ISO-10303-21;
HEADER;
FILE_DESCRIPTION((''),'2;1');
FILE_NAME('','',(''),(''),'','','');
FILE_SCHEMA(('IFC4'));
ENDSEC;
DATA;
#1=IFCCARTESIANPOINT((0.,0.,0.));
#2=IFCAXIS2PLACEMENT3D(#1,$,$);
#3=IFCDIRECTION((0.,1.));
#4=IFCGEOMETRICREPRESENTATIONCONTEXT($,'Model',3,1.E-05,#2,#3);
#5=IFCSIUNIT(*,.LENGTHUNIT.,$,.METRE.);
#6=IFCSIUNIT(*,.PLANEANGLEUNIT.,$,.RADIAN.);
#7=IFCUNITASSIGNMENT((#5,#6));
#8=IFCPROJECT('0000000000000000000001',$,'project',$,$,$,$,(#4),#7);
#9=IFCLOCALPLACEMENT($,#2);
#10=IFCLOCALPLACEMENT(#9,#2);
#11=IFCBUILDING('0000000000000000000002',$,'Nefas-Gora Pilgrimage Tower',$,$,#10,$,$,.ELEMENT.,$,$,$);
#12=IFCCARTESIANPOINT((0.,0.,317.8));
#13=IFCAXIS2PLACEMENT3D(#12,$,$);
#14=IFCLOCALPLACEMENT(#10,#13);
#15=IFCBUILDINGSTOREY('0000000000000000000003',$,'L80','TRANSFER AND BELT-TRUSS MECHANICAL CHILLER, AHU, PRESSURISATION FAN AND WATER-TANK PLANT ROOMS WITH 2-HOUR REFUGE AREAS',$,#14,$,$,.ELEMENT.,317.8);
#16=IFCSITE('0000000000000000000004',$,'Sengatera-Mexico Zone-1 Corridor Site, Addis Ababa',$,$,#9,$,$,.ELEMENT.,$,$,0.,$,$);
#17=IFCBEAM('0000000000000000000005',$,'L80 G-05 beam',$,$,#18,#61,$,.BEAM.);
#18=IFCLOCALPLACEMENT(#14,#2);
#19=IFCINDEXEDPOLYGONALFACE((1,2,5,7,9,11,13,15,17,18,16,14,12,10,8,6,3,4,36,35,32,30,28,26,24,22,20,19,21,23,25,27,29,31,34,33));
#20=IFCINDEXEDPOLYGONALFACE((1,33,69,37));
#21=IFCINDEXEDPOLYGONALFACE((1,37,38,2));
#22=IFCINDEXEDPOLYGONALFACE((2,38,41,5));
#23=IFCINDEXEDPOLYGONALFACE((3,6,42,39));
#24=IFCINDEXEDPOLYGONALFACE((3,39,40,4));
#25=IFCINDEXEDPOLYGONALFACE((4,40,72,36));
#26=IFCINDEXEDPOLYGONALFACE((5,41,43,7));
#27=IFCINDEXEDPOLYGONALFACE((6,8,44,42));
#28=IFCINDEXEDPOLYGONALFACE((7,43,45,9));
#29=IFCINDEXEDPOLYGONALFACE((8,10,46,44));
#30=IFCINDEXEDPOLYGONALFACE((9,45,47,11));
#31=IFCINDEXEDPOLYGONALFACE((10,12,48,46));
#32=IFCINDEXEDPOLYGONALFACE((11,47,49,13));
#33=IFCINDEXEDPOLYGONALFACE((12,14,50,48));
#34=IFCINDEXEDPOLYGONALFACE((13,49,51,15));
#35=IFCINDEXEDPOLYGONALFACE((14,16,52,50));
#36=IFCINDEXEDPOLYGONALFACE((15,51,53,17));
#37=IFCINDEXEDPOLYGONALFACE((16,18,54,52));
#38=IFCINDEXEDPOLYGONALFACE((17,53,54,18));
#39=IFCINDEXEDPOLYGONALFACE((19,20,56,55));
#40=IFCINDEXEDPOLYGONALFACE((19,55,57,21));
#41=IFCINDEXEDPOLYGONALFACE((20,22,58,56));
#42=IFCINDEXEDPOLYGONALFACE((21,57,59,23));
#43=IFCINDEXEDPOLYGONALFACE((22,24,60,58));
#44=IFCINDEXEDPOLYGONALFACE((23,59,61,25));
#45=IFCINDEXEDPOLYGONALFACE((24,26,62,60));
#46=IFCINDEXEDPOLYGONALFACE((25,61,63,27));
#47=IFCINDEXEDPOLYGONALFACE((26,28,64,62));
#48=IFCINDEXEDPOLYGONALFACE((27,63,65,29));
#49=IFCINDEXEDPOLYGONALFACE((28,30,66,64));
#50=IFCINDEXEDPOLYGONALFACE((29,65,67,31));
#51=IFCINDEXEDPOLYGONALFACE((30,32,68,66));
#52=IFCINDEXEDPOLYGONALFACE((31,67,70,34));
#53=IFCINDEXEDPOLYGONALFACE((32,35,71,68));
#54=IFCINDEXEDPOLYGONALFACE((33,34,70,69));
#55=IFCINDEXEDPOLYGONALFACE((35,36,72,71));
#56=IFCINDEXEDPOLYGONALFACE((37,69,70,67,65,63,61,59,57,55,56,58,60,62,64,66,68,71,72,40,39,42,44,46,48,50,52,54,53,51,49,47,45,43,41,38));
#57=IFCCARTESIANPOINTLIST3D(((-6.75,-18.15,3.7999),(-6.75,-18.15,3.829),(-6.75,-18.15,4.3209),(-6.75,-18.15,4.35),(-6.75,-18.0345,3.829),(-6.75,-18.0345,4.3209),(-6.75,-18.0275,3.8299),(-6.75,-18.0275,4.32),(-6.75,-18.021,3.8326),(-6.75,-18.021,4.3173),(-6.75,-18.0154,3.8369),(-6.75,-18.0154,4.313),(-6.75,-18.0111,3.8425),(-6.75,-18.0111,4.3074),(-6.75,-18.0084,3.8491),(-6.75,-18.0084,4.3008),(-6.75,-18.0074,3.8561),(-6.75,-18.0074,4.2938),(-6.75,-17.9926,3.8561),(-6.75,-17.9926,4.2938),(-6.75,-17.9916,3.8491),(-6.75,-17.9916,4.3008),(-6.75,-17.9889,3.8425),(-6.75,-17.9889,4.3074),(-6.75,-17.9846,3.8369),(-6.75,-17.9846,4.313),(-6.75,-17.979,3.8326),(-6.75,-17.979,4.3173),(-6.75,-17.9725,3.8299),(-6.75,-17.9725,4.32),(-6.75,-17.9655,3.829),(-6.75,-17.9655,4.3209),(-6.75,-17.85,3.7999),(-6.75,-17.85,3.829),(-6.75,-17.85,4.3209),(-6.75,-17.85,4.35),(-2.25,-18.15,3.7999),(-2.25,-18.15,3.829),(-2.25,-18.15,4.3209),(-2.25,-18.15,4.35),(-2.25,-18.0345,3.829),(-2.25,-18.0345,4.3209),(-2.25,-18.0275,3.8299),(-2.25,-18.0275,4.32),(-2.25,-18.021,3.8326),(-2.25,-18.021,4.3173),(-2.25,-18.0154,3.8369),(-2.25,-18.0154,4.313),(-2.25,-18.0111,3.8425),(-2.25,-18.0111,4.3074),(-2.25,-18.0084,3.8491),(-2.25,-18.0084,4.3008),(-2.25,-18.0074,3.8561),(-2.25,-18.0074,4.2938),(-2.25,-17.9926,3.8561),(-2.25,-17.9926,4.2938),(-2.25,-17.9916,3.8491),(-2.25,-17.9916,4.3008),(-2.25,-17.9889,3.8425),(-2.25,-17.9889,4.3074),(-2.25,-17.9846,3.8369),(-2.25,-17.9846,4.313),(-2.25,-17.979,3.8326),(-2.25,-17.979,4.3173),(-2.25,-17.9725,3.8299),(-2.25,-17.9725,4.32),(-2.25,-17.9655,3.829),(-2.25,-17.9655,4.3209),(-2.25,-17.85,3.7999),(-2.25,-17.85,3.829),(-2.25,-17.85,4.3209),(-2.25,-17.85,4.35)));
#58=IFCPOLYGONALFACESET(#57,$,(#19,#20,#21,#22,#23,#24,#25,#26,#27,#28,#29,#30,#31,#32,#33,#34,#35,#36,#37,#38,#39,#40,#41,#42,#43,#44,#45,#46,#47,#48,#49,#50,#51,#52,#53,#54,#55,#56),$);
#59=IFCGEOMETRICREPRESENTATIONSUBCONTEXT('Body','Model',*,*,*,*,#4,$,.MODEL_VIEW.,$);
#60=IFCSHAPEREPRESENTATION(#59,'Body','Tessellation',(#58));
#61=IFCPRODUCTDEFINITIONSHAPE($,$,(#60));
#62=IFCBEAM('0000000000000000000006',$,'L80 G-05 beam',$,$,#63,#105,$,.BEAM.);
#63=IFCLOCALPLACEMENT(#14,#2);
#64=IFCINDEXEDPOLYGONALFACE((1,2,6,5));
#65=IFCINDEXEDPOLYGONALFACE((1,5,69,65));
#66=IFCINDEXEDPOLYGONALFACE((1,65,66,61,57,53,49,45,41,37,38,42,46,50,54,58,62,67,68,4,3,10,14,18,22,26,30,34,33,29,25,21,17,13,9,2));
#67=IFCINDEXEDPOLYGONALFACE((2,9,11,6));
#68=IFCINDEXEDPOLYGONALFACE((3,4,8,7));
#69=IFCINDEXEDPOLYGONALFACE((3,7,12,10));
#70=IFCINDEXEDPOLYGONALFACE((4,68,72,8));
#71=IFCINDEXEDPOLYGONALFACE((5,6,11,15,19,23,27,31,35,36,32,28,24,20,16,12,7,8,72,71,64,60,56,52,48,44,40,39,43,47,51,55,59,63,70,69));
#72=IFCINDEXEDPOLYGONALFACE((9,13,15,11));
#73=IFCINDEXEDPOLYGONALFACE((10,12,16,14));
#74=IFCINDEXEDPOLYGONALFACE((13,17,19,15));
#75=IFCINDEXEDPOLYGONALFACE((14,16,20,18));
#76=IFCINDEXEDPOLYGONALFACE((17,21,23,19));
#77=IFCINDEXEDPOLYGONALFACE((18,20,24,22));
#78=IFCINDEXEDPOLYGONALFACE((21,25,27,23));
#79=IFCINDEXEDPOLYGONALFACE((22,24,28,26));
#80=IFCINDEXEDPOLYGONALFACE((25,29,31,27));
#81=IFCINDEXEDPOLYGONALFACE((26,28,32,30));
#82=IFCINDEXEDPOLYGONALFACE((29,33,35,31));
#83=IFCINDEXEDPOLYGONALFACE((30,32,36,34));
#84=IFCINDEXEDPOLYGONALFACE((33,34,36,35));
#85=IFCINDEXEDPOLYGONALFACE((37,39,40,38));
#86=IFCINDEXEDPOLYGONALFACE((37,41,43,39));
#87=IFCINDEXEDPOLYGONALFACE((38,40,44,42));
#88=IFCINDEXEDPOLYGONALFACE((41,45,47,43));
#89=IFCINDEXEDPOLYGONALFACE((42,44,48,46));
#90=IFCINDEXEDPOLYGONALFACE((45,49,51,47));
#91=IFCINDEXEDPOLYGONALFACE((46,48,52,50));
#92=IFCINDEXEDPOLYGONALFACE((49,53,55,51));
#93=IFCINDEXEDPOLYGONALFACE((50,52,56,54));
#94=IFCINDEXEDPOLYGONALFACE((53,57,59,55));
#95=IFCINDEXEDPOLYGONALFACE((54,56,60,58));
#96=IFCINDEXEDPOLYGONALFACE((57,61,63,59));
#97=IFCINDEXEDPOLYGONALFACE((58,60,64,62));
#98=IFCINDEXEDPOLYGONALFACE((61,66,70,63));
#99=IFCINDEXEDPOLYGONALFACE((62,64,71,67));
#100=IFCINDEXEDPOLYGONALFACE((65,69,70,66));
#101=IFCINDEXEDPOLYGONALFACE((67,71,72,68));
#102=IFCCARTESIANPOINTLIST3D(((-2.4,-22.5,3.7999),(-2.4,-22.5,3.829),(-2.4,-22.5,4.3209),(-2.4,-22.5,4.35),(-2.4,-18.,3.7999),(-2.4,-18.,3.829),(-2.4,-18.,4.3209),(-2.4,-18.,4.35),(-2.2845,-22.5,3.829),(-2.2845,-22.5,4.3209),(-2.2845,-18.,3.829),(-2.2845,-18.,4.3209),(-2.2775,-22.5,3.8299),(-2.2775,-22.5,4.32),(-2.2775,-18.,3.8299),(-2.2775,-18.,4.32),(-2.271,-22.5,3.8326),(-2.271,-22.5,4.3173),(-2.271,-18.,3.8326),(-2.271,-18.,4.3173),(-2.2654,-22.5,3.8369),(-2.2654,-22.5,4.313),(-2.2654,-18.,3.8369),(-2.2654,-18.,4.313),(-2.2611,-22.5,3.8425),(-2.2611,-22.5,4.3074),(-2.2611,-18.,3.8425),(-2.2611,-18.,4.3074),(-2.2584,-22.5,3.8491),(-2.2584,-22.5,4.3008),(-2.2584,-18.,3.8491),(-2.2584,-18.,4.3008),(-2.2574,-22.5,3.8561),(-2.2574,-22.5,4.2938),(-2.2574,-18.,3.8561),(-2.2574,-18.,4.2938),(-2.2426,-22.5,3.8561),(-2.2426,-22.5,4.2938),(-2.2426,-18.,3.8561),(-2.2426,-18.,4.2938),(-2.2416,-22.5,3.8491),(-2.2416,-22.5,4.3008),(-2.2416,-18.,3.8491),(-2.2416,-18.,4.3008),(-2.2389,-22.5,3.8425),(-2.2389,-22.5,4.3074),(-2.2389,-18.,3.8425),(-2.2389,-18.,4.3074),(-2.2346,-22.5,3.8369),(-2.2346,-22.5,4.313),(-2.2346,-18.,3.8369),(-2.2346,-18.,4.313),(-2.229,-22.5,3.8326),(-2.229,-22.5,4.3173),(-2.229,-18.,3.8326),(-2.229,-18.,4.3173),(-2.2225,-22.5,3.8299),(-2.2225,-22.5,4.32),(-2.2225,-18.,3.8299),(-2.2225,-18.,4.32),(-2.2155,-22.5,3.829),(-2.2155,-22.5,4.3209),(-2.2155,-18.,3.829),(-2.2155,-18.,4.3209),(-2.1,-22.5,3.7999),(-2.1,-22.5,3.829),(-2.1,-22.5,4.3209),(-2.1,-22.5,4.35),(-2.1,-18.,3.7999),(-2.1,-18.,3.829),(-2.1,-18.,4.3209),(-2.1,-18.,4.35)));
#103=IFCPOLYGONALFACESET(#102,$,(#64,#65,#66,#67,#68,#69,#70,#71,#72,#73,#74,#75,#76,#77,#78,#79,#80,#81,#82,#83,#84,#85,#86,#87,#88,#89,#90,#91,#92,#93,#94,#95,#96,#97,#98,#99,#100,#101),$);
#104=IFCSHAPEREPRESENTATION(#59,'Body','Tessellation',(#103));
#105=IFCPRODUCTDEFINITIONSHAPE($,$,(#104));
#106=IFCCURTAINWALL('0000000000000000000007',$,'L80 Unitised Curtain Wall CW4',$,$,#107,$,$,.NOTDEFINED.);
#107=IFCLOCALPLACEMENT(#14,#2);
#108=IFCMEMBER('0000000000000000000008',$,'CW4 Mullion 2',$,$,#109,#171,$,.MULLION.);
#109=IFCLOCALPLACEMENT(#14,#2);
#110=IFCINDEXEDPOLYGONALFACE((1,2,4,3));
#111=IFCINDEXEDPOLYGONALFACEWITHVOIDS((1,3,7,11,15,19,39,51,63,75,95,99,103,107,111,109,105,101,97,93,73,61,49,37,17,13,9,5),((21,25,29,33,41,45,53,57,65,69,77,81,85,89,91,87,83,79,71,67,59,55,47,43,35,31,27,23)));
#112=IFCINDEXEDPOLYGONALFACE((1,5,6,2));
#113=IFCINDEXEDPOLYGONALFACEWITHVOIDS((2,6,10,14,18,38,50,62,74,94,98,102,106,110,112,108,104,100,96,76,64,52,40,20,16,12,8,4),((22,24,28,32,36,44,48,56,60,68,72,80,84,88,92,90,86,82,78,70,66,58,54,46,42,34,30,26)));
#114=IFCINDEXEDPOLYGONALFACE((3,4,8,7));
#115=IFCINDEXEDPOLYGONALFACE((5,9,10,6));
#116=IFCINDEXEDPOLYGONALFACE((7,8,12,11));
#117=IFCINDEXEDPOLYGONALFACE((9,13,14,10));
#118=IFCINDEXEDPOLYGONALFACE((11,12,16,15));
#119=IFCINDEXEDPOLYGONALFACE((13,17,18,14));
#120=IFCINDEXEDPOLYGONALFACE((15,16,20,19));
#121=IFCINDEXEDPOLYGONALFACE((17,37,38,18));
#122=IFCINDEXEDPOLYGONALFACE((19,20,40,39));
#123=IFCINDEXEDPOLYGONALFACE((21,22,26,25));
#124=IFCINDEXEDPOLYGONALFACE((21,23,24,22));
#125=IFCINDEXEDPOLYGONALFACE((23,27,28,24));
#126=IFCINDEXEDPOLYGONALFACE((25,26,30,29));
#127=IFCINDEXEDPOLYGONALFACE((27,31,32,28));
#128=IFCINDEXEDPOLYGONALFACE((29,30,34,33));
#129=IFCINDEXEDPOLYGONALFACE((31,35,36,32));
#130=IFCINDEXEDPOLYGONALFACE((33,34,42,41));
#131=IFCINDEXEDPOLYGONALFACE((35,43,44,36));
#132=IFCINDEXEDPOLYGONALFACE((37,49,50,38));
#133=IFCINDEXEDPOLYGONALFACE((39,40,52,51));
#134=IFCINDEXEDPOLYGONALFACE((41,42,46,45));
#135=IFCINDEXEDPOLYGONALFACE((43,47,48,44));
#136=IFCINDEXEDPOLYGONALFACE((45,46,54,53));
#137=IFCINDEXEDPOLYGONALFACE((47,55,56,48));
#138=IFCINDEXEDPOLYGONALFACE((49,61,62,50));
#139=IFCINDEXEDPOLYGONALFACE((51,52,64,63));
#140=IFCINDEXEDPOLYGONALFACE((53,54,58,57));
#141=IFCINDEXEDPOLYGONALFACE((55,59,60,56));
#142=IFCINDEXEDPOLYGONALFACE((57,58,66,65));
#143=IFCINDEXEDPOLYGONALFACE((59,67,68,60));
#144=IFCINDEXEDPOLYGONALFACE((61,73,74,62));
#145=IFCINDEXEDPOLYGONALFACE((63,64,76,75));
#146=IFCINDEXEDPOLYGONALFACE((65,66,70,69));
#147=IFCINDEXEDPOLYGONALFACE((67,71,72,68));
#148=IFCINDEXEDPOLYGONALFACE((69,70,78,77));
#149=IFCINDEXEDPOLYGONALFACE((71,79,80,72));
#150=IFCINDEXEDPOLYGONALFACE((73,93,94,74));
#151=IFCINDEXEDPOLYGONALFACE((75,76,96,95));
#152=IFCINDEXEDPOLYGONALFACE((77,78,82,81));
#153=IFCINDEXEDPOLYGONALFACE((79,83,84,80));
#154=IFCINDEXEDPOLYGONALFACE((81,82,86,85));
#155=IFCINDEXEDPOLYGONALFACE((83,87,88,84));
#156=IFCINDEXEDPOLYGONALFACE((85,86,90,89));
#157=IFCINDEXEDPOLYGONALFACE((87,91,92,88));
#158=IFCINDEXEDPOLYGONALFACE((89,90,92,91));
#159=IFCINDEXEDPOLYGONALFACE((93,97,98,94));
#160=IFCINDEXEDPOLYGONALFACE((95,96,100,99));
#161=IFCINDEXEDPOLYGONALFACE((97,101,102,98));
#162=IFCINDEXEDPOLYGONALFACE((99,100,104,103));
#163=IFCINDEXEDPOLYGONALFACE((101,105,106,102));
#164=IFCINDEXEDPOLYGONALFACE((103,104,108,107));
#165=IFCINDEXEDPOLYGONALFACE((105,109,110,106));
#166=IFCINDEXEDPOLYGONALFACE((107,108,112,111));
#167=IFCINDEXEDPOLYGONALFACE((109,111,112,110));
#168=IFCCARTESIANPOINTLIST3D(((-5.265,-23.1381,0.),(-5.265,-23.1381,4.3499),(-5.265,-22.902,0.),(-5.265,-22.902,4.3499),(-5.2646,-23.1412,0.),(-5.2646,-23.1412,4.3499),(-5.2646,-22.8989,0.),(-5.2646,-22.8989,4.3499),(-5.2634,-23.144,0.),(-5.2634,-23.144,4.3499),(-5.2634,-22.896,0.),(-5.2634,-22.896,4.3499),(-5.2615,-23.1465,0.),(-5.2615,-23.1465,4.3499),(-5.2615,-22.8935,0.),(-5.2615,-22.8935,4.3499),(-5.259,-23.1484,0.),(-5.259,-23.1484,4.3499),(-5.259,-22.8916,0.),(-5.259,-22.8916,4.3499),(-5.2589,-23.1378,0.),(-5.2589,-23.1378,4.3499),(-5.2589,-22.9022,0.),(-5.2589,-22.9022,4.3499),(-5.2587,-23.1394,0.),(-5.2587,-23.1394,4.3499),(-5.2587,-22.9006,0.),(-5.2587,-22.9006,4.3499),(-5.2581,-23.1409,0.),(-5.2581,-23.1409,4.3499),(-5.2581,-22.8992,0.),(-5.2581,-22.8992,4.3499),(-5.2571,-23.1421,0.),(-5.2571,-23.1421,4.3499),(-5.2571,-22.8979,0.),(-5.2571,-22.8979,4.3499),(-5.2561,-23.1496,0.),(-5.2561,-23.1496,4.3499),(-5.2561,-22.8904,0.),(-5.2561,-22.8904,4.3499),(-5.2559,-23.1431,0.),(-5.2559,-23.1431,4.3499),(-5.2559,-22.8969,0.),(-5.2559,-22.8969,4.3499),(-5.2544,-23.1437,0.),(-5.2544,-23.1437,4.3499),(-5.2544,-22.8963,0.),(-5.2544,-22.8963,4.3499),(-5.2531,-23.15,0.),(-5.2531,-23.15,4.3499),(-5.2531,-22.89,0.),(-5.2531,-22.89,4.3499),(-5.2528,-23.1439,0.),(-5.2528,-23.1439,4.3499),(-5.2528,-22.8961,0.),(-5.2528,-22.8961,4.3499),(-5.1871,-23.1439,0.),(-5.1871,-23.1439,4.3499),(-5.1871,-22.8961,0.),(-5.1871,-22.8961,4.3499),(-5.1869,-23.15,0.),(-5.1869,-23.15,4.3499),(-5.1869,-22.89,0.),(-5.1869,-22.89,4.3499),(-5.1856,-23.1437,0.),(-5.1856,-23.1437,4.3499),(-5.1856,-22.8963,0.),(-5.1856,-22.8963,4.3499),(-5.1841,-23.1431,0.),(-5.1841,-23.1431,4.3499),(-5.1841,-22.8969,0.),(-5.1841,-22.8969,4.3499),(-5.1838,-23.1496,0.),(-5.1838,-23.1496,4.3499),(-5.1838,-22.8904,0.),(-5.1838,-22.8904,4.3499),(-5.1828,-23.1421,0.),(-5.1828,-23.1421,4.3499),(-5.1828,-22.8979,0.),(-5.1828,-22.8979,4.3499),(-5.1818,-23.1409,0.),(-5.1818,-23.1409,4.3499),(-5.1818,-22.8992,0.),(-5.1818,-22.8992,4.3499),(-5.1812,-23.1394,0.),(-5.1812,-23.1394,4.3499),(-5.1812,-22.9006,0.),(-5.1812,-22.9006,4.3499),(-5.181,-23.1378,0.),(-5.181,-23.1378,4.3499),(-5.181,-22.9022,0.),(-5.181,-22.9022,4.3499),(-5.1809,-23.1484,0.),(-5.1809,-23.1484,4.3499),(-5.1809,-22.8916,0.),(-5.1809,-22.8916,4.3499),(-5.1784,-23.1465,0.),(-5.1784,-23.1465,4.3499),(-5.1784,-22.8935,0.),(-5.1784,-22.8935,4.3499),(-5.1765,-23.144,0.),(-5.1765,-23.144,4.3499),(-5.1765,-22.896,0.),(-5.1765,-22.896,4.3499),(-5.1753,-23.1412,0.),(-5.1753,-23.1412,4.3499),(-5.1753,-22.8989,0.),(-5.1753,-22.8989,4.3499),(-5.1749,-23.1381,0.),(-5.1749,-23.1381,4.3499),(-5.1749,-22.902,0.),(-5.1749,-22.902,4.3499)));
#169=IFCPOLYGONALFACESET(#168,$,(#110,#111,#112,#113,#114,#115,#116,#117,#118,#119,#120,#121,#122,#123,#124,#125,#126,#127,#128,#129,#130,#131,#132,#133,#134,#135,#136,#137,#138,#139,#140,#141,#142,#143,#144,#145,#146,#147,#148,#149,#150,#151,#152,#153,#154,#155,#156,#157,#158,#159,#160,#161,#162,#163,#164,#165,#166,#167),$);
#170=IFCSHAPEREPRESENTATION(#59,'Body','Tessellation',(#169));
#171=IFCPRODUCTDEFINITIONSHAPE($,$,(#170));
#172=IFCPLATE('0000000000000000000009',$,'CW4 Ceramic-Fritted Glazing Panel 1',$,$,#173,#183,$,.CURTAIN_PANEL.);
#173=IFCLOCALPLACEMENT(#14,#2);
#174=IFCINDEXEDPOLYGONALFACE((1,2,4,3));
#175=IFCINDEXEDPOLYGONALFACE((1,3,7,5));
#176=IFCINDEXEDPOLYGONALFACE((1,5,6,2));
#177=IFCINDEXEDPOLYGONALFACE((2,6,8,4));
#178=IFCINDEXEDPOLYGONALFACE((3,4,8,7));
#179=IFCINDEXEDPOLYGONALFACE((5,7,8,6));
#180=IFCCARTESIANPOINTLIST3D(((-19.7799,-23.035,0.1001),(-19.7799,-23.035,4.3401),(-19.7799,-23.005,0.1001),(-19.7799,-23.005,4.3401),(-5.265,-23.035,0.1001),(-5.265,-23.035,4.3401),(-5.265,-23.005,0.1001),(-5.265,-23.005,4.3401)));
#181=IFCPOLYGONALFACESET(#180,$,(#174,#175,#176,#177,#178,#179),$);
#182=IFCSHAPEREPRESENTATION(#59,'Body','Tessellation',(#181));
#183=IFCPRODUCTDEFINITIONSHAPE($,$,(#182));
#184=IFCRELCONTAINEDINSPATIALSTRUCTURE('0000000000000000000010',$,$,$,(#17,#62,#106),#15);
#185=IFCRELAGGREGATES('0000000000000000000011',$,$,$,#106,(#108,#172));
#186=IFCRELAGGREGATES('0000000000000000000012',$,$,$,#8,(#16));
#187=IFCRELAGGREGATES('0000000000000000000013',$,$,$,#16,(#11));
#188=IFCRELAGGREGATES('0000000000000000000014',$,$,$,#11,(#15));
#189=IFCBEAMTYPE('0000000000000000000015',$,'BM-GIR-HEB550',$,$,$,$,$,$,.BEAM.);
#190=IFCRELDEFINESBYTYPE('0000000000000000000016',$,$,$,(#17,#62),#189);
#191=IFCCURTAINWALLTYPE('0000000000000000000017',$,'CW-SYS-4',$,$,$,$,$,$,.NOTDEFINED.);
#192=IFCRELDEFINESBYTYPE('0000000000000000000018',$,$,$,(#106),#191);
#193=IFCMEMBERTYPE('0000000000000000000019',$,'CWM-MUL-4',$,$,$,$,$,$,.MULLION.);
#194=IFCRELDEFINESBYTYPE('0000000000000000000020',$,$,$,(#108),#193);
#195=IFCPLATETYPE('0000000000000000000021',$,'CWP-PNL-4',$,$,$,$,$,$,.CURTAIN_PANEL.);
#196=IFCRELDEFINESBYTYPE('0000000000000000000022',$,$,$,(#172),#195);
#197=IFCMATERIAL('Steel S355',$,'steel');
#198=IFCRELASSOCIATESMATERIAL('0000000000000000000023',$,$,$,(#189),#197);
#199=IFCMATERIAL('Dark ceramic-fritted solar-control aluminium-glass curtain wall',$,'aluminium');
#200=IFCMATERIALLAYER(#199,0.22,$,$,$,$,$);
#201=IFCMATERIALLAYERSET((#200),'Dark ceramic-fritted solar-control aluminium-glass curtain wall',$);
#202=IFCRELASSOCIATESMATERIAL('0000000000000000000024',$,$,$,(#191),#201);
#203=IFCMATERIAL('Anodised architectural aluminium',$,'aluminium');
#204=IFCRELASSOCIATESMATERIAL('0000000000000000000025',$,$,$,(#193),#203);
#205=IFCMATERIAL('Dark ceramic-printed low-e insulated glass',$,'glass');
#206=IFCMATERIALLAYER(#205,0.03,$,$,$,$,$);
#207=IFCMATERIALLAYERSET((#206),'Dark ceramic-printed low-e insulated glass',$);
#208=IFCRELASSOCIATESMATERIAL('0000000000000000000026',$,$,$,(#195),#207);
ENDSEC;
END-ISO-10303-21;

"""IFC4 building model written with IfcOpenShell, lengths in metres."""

from ifc_helpers import new_model, si_unit, direction, frame, origin, origin_2d, place, context, subcontext, project, spatial, rectangle, hollow_rectangle, i_section, extrude, source, transform, mapped, material, layer, layer_set, material_profile, profile_set, type_object, element, aggregate, save


model = new_model("IFC4")

# Units and contexts
model_context = context("Model", 3, precision=1e-05, world=origin(), true_north=direction((0.0, 1.0)))
body_context = subcontext(model_context, "Body", "Model", "MODEL_VIEW")
ifc_project = project(units=[si_unit("LENGTHUNIT", "METRE"), si_unit("PLANEANGLEUNIT", "RADIAN")], contexts=[model_context])

# Site, building, storey
site_placement = place(None, origin())
site = spatial("IfcSite", under=ifc_project, at=site_placement, Name="Sengatera-Mexico Zone-1 Corridor Site, Addis Ababa", CompositionType="ELEMENT", RefElevation=0.0)
building_placement = place(site_placement, origin())
building = spatial("IfcBuilding", under=site, at=building_placement, Name="Nefas-Gora Pilgrimage Tower", CompositionType="ELEMENT")
storey_placement = place(building_placement, frame((0.0, 0.0, 317.8)))
storey = spatial("IfcBuildingStorey", under=building, at=storey_placement, Name="L80", Description="TRANSFER AND BELT-TRUSS MECHANICAL CHILLER, AHU, PRESSURISATION FAN AND WATER-TANK PLANT ROOMS WITH 2-HOUR REFUGE AREAS", CompositionType="ELEMENT", Elevation=317.8)

# Shared definitions
ifc_material_1 = material(Name="Steel S355", Category="steel")

# Beams
ifc_material_profile_1 = material_profile(ifc_material_1, i_section(OverallWidth=0.3, OverallDepth=0.55, WebThickness=0.0149, FlangeThickness=0.0291, FilletRadius=0.0271, at=origin_2d()), Name="HEB 550")
ifc_profile_set_1 = profile_set([ifc_material_profile_1], Name="Steel S355")
beam_type_1 = type_object("IfcBeamType", Name="BM-GIR-HEB550", PredefinedType="BEAM", material=ifc_profile_set_1)
shared_shape_1 = source(origin(), body_context, "Body", "SweptSolid", [
    extrude(i_section(OverallWidth=0.3, OverallDepth=0.55, WebThickness=0.0149, FlangeThickness=0.0291, FilletRadius=0.0271, at=origin_2d()), origin(), (0.0, 0.0, 1.0), 4.5),
])
for number, where, z_axis, x_axis, name in (
    (1, (-6.75, -18.0, 4.075), (1.0, 0.0, 0.0), (0.0, 1.0, 0.0), "L80 G-05 beam"),
    (2, (-2.25, -22.5, 4.075), (0.0, 1.0, 0.0), (-1.0, 0.0, 0.0), "L80 G-05 beam"),
):
    element("IfcBeam", number, at=place(storey_placement, frame(where, z_axis=z_axis, x_axis=x_axis)), inside=storey, type_object=beam_type_1, Name=name, PredefinedType="BEAM", context=body_context, shape_type="MappedRepresentation", body=[
        mapped(shared_shape_1, transform((0.0, 0.0, 0.0), x_axis=(1.0, 0.0, 0.0), y_axis=(0.0, 1.0, 0.0), z_axis=(0.0, 0.0, 1.0), scale=1.0)),
    ])

# Curtain wall, member, plate
ifc_material_2 = material(Name="Dark ceramic-fritted solar-control aluminium-glass curtain wall", Category="aluminium")
ifc_layer_1 = layer(ifc_material_2, 0.22)
ifc_layer_set_1 = layer_set([ifc_layer_1], Name="Dark ceramic-fritted solar-control aluminium-glass curtain wall")
curtain_wall_type = type_object("IfcCurtainWallType", Name="CW-SYS-4", PredefinedType="NOTDEFINED", material=ifc_layer_set_1)
curtain_wall_placement = place(storey_placement, origin())
curtain_wall = element("IfcCurtainWall", 3, at=curtain_wall_placement, inside=storey, type_object=curtain_wall_type, Name="L80 Unitised Curtain Wall CW4", PredefinedType="NOTDEFINED")
ifc_material_3 = material(Name="Anodised architectural aluminium", Category="aluminium")
ifc_material_profile_2 = material_profile(ifc_material_3, hollow_rectangle(XDim=0.0901, YDim=0.26, WallThickness=0.0061, InnerFilletRadius=0.0061, OuterFilletRadius=0.012, at=origin_2d()), Name="ALU MULLION 90x260")
ifc_profile_set_2 = profile_set([ifc_material_profile_2], Name="Anodised architectural aluminium")
member_type = type_object("IfcMemberType", Name="CWM-MUL-4", PredefinedType="MULLION", material=ifc_profile_set_2)
shared_shape_2 = source(origin(), body_context, "Body", "SweptSolid", [
    extrude(hollow_rectangle(XDim=0.0901, YDim=0.26, WallThickness=0.0061, InnerFilletRadius=0.0061, OuterFilletRadius=0.012, at=origin_2d()), origin(), (0.0, 0.0, 1.0), 4.3499),
])
member_placement = place(storey_placement, frame((-5.22, -23.02, 0.0), z_axis=(0.0, 0.0, 1.0), x_axis=(1.0, 0.0, 0.0)))
member = element("IfcMember", 4, at=member_placement, type_object=member_type, Name="CW4 Mullion 2", PredefinedType="MULLION", context=body_context, shape_type="MappedRepresentation", body=[
    mapped(shared_shape_2, transform((0.0, 0.0, 0.0), x_axis=(1.0, 0.0, 0.0), y_axis=(0.0, 1.0, 0.0), z_axis=(0.0, 0.0, 1.0), scale=1.0)),
])
ifc_material_4 = material(Name="Dark ceramic-printed low-e insulated glass", Category="glass")
ifc_layer_2 = layer(ifc_material_4, 0.03)
ifc_layer_set_2 = layer_set([ifc_layer_2], Name="Dark ceramic-printed low-e insulated glass")
plate_type = type_object("IfcPlateType", Name="CWP-PNL-4", PredefinedType="CURTAIN_PANEL", material=ifc_layer_set_2)
shared_shape_3 = source(origin(), body_context, "Body", "SweptSolid", [
    extrude(rectangle(XDim=14.5149, YDim=0.03, at=origin_2d()), origin(), (0.0, 0.0, 1.0), 4.24),
])
plate_placement = place(storey_placement, frame((-12.5225, -23.02, 0.1001), z_axis=(0.0, 0.0, 1.0), x_axis=(1.0, 0.0, 0.0)))
plate = element("IfcPlate", 5, at=plate_placement, type_object=plate_type, Name="CW4 Ceramic-Fritted Glazing Panel 1", PredefinedType="CURTAIN_PANEL", context=body_context, shape_type="MappedRepresentation", body=[
    mapped(shared_shape_3, transform((0.0, 0.0, 0.0), x_axis=(1.0, 0.0, 0.0), y_axis=(0.0, 1.0, 0.0), z_axis=(0.0, 0.0, 1.0), scale=1.0)),
])
aggregate(curtain_wall, [member, plate])

save(model, "model.ifc")
